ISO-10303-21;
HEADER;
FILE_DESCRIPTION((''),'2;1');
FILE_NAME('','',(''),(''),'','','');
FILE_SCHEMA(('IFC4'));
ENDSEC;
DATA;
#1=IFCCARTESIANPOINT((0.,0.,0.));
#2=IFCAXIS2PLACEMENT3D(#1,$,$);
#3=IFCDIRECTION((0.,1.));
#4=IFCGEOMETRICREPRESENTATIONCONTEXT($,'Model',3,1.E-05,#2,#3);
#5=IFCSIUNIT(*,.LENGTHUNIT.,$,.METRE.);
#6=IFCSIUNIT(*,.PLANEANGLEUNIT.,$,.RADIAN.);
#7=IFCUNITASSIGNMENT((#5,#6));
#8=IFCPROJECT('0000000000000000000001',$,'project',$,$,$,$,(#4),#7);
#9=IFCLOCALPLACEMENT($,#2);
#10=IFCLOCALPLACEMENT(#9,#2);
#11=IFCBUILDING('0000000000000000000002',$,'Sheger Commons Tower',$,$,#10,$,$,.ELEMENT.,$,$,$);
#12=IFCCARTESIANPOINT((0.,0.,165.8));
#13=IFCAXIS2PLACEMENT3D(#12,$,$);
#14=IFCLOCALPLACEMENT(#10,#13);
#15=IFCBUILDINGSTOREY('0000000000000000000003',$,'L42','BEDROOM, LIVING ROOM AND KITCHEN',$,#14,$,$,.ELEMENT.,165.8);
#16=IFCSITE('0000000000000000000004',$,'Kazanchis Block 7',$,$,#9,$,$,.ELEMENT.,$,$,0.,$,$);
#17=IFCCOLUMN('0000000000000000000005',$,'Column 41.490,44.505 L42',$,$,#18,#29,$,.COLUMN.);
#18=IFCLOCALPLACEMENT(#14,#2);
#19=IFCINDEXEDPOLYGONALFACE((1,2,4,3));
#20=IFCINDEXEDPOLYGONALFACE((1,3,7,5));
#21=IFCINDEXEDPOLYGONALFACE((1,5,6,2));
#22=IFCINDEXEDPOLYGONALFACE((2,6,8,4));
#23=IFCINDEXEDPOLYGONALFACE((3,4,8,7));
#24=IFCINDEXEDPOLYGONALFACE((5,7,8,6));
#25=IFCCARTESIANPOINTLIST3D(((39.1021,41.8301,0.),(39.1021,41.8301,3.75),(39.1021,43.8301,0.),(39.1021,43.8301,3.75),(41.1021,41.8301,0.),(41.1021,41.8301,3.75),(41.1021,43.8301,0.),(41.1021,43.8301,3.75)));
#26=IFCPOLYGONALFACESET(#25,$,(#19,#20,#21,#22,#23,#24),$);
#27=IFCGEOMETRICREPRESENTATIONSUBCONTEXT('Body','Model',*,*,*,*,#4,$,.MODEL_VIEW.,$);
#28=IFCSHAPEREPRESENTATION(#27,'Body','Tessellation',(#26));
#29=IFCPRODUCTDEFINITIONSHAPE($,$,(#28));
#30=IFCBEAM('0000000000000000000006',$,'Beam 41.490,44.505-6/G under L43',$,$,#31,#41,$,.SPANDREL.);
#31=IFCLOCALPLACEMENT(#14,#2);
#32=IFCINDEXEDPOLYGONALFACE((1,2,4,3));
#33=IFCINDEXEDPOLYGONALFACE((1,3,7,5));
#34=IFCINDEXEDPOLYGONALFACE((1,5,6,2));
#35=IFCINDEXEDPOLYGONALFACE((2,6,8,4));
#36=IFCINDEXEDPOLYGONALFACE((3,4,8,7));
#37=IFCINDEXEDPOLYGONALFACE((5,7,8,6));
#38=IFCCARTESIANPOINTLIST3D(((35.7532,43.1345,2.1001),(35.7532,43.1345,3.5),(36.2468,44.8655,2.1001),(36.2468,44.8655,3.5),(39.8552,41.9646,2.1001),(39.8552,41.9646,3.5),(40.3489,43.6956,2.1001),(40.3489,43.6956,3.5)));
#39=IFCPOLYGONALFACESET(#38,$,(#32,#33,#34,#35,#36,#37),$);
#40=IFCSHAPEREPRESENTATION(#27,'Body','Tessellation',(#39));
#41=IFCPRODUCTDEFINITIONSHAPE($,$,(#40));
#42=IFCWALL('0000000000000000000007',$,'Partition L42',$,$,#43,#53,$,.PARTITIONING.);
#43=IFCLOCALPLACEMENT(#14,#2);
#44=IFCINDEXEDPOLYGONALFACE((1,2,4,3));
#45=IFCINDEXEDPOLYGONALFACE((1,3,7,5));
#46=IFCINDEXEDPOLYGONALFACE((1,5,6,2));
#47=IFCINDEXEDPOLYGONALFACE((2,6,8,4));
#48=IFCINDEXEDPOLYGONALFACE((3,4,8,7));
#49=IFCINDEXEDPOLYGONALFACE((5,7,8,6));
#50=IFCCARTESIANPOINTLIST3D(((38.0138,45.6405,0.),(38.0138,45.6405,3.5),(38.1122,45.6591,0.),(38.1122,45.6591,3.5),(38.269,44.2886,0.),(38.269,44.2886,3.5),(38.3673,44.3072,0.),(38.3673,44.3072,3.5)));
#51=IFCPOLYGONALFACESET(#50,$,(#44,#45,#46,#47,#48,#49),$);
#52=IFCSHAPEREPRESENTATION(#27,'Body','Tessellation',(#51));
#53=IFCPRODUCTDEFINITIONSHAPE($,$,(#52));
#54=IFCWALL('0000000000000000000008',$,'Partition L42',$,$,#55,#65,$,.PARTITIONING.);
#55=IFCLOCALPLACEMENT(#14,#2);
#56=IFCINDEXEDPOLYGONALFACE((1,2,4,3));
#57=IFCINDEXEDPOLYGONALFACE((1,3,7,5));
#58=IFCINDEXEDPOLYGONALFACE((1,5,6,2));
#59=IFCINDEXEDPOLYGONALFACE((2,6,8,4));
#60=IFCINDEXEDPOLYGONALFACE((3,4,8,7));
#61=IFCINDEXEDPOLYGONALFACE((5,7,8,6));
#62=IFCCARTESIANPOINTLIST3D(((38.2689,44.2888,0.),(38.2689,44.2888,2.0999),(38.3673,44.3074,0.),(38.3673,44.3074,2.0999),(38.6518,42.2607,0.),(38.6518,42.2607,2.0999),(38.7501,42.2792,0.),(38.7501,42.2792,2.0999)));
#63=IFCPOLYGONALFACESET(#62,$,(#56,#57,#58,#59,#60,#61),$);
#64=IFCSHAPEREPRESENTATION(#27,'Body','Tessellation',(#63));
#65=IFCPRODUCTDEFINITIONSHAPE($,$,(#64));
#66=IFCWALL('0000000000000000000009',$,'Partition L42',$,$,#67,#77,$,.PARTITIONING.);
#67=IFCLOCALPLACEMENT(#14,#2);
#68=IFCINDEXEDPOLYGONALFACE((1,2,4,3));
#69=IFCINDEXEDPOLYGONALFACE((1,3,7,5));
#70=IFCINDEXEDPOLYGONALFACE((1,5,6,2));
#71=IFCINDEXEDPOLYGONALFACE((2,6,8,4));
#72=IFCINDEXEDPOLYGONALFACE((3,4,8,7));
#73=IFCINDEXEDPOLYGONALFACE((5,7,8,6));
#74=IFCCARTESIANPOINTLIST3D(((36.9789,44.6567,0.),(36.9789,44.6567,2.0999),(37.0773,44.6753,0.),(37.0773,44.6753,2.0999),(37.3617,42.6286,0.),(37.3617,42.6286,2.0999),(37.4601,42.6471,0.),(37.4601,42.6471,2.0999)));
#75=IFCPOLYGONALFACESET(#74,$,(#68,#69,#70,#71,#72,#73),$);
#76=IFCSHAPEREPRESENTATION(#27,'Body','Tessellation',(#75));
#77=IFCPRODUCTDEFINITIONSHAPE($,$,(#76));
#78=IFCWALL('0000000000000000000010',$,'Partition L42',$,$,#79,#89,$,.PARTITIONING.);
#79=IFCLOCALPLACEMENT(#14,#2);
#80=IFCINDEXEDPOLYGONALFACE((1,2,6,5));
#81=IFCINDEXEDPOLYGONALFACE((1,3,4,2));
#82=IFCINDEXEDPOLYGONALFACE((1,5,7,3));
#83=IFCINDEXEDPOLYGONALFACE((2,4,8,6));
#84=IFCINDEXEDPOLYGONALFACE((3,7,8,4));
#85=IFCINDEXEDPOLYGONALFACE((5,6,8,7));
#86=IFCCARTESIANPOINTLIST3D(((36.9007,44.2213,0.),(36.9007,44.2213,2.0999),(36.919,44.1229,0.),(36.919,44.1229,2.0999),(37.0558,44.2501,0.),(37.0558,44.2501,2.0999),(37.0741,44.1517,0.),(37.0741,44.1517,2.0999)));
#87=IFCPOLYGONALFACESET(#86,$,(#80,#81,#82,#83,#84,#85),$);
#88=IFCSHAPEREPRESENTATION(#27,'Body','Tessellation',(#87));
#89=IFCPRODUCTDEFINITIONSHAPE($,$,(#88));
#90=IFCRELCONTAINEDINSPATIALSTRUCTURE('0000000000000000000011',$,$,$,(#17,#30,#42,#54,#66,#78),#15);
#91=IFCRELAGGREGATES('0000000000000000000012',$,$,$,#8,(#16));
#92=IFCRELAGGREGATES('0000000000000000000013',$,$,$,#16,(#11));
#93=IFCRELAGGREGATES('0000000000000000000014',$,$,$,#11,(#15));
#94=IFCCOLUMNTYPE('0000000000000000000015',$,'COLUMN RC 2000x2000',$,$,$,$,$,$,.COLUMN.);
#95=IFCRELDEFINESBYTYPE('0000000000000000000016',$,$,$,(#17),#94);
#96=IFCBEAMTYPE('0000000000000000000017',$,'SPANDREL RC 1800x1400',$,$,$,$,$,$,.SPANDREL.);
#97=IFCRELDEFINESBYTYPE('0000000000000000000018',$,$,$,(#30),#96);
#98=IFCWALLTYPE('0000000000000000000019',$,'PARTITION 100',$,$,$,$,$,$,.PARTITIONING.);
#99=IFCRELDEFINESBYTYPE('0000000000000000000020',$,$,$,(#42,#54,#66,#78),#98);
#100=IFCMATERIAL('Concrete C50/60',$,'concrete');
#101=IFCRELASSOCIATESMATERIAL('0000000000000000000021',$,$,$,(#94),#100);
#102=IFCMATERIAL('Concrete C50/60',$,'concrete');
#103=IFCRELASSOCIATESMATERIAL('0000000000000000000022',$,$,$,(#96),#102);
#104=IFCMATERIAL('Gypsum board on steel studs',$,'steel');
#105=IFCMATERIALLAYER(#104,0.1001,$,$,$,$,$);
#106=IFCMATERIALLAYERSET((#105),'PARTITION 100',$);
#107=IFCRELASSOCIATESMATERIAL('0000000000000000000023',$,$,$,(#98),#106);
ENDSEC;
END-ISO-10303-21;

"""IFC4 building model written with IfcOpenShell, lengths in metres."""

from ifc_helpers import new_model, si_unit, direction, frame, frame_2d, origin, origin_2d, place, context, subcontext, project, spatial, rectangle, extrude, material, layer, layer_set, material_profile, profile_set, type_object, element, save


model = new_model("IFC4")

# Units and contexts
model_context = context("Model", 3, precision=1e-05, world=origin(), true_north=direction((0.0, 1.0)))
body_context = subcontext(model_context, "Body", "Model", "MODEL_VIEW")
ifc_project = project(units=[si_unit("LENGTHUNIT", "METRE"), si_unit("PLANEANGLEUNIT", "RADIAN")], contexts=[model_context])

# Site, building, storey
site_placement = place(None, origin())
site = spatial("IfcSite", under=ifc_project, at=site_placement, Name="Kazanchis Block 7", CompositionType="ELEMENT", RefElevation=0.0)
building_placement = place(site_placement, origin())
building = spatial("IfcBuilding", under=site, at=building_placement, Name="Sheger Commons Tower", CompositionType="ELEMENT")
storey_placement = place(building_placement, frame((0.0, 0.0, 165.8)))
storey = spatial("IfcBuildingStorey", under=building, at=storey_placement, Name="L42", Description="BEDROOM, LIVING ROOM AND KITCHEN", CompositionType="ELEMENT", Elevation=165.8)

# Column
ifc_material_1 = material(Name="Concrete C50/60", Category="concrete")
ifc_material_profile_1 = material_profile(ifc_material_1, rectangle(XDim=2.0, YDim=2.0, at=origin_2d()), Name="RC 2000x2000")
ifc_profile_set_1 = profile_set([ifc_material_profile_1], Name="Concrete C50/60")
column_type = type_object("IfcColumnType", Name="COLUMN RC 2000x2000", PredefinedType="COLUMN", material=ifc_profile_set_1)
column_placement = place(storey_placement, frame((40.1021, 42.8301, 0.0), z_axis=(0.0, 0.0, 1.0), x_axis=(1.0, 0.0, 0.0)))
element("IfcColumn", 1, at=column_placement, inside=storey, type_object=column_type, Name="Column 41.490,44.505 L42", PredefinedType="COLUMN", context=body_context, shape_type="SweptSolid", body=[
    extrude(rectangle(XDim=2.0, YDim=2.0, at=origin_2d()), origin(), (0.0, 0.0, 1.0), 3.75),
])

# Beam
ifc_material_2 = material(Name="Concrete C50/60", Category="concrete")
ifc_material_profile_2 = material_profile(ifc_material_2, rectangle(XDim=1.8, YDim=1.3999, at=origin_2d()), Name="RC 1800x1400")
ifc_profile_set_2 = profile_set([ifc_material_profile_2], Name="Concrete C50/60")
beam_type = type_object("IfcBeamType", Name="SPANDREL RC 1800x1400", PredefinedType="SPANDREL", material=ifc_profile_set_2)
beam_placement = place(storey_placement, frame((40.1021, 42.8301, 2.8), z_axis=(-0.961653, 0.274268, 0.0), x_axis=(-0.274268, -0.961653, 0.0)))
element("IfcBeam", 2, at=beam_placement, inside=storey, type_object=beam_type, Name="Beam 41.490,44.505-6/G under L43", PredefinedType="SPANDREL", context=body_context, shape_type="SweptSolid", body=[
    extrude(rectangle(XDim=1.8, YDim=1.3999, at=origin_2d()), origin(), (0.0, 0.0, 1.0), 4.2656),
])

# Walls
ifc_material_3 = material(Name="Gypsum board on steel studs", Category="steel")
ifc_layer = layer(ifc_material_3, 0.1001)
ifc_layer_set = layer_set([ifc_layer], Name="PARTITION 100")
wall_type = type_object("IfcWallType", Name="PARTITION 100", PredefinedType="PARTITIONING", material=ifc_layer_set)
wall_1_placement = place(storey_placement, frame((38.063, 45.6499, 0.0), z_axis=(0.0, 0.0, 1.0), x_axis=(0.185456, -0.982653, 0.0)))
element("IfcWall", 3, at=wall_1_placement, inside=storey, type_object=wall_type, Name="Partition L42", PredefinedType="PARTITIONING", context=body_context, shape_type="SweptSolid", body=[
    extrude(rectangle(XDim=1.3757, YDim=0.1001, at=frame_2d((0.688, 0.0))), origin(), (0.0, 0.0, 1.0), 3.5),
])
for number, where, z_axis, x_axis, name in (
    (4, (38.3181, 44.2981, 0.0), (0.0, 0.0, 1.0), (0.185481, -0.982648, 0.0), "Partition L42"),
    (5, (37.0281, 44.666, 0.0), (0.0, 0.0, 1.0), (0.185481, -0.982648, 0.0), "Partition L42"),
):
    element("IfcWall", number, at=place(storey_placement, frame(where, z_axis=z_axis, x_axis=x_axis)), inside=storey, type_object=wall_type, Name=name, PredefinedType="PARTITIONING", context=body_context, shape_type="SweptSolid", body=[
        extrude(rectangle(XDim=2.064, YDim=0.1001, at=frame_2d((1.032, 0.0))), origin(), (0.0, 0.0, 1.0), 2.0999),
    ])

# Wall
wall_2_placement = place(storey_placement, frame((37.0649, 44.2009, 0.0), z_axis=(0.0, 0.0, 1.0), x_axis=(-0.983169, -0.182699, 0.0)))
element("IfcWall", 6, at=wall_2_placement, inside=storey, type_object=wall_type, Name="Partition L42", PredefinedType="PARTITIONING", context=body_context, shape_type="SweptSolid", body=[
    extrude(rectangle(XDim=0.1577, YDim=0.1001, at=frame_2d((0.0789, 0.0))), origin(), (0.0, 0.0, 1.0), 2.0999),
])

save(model, "model.ifc")
